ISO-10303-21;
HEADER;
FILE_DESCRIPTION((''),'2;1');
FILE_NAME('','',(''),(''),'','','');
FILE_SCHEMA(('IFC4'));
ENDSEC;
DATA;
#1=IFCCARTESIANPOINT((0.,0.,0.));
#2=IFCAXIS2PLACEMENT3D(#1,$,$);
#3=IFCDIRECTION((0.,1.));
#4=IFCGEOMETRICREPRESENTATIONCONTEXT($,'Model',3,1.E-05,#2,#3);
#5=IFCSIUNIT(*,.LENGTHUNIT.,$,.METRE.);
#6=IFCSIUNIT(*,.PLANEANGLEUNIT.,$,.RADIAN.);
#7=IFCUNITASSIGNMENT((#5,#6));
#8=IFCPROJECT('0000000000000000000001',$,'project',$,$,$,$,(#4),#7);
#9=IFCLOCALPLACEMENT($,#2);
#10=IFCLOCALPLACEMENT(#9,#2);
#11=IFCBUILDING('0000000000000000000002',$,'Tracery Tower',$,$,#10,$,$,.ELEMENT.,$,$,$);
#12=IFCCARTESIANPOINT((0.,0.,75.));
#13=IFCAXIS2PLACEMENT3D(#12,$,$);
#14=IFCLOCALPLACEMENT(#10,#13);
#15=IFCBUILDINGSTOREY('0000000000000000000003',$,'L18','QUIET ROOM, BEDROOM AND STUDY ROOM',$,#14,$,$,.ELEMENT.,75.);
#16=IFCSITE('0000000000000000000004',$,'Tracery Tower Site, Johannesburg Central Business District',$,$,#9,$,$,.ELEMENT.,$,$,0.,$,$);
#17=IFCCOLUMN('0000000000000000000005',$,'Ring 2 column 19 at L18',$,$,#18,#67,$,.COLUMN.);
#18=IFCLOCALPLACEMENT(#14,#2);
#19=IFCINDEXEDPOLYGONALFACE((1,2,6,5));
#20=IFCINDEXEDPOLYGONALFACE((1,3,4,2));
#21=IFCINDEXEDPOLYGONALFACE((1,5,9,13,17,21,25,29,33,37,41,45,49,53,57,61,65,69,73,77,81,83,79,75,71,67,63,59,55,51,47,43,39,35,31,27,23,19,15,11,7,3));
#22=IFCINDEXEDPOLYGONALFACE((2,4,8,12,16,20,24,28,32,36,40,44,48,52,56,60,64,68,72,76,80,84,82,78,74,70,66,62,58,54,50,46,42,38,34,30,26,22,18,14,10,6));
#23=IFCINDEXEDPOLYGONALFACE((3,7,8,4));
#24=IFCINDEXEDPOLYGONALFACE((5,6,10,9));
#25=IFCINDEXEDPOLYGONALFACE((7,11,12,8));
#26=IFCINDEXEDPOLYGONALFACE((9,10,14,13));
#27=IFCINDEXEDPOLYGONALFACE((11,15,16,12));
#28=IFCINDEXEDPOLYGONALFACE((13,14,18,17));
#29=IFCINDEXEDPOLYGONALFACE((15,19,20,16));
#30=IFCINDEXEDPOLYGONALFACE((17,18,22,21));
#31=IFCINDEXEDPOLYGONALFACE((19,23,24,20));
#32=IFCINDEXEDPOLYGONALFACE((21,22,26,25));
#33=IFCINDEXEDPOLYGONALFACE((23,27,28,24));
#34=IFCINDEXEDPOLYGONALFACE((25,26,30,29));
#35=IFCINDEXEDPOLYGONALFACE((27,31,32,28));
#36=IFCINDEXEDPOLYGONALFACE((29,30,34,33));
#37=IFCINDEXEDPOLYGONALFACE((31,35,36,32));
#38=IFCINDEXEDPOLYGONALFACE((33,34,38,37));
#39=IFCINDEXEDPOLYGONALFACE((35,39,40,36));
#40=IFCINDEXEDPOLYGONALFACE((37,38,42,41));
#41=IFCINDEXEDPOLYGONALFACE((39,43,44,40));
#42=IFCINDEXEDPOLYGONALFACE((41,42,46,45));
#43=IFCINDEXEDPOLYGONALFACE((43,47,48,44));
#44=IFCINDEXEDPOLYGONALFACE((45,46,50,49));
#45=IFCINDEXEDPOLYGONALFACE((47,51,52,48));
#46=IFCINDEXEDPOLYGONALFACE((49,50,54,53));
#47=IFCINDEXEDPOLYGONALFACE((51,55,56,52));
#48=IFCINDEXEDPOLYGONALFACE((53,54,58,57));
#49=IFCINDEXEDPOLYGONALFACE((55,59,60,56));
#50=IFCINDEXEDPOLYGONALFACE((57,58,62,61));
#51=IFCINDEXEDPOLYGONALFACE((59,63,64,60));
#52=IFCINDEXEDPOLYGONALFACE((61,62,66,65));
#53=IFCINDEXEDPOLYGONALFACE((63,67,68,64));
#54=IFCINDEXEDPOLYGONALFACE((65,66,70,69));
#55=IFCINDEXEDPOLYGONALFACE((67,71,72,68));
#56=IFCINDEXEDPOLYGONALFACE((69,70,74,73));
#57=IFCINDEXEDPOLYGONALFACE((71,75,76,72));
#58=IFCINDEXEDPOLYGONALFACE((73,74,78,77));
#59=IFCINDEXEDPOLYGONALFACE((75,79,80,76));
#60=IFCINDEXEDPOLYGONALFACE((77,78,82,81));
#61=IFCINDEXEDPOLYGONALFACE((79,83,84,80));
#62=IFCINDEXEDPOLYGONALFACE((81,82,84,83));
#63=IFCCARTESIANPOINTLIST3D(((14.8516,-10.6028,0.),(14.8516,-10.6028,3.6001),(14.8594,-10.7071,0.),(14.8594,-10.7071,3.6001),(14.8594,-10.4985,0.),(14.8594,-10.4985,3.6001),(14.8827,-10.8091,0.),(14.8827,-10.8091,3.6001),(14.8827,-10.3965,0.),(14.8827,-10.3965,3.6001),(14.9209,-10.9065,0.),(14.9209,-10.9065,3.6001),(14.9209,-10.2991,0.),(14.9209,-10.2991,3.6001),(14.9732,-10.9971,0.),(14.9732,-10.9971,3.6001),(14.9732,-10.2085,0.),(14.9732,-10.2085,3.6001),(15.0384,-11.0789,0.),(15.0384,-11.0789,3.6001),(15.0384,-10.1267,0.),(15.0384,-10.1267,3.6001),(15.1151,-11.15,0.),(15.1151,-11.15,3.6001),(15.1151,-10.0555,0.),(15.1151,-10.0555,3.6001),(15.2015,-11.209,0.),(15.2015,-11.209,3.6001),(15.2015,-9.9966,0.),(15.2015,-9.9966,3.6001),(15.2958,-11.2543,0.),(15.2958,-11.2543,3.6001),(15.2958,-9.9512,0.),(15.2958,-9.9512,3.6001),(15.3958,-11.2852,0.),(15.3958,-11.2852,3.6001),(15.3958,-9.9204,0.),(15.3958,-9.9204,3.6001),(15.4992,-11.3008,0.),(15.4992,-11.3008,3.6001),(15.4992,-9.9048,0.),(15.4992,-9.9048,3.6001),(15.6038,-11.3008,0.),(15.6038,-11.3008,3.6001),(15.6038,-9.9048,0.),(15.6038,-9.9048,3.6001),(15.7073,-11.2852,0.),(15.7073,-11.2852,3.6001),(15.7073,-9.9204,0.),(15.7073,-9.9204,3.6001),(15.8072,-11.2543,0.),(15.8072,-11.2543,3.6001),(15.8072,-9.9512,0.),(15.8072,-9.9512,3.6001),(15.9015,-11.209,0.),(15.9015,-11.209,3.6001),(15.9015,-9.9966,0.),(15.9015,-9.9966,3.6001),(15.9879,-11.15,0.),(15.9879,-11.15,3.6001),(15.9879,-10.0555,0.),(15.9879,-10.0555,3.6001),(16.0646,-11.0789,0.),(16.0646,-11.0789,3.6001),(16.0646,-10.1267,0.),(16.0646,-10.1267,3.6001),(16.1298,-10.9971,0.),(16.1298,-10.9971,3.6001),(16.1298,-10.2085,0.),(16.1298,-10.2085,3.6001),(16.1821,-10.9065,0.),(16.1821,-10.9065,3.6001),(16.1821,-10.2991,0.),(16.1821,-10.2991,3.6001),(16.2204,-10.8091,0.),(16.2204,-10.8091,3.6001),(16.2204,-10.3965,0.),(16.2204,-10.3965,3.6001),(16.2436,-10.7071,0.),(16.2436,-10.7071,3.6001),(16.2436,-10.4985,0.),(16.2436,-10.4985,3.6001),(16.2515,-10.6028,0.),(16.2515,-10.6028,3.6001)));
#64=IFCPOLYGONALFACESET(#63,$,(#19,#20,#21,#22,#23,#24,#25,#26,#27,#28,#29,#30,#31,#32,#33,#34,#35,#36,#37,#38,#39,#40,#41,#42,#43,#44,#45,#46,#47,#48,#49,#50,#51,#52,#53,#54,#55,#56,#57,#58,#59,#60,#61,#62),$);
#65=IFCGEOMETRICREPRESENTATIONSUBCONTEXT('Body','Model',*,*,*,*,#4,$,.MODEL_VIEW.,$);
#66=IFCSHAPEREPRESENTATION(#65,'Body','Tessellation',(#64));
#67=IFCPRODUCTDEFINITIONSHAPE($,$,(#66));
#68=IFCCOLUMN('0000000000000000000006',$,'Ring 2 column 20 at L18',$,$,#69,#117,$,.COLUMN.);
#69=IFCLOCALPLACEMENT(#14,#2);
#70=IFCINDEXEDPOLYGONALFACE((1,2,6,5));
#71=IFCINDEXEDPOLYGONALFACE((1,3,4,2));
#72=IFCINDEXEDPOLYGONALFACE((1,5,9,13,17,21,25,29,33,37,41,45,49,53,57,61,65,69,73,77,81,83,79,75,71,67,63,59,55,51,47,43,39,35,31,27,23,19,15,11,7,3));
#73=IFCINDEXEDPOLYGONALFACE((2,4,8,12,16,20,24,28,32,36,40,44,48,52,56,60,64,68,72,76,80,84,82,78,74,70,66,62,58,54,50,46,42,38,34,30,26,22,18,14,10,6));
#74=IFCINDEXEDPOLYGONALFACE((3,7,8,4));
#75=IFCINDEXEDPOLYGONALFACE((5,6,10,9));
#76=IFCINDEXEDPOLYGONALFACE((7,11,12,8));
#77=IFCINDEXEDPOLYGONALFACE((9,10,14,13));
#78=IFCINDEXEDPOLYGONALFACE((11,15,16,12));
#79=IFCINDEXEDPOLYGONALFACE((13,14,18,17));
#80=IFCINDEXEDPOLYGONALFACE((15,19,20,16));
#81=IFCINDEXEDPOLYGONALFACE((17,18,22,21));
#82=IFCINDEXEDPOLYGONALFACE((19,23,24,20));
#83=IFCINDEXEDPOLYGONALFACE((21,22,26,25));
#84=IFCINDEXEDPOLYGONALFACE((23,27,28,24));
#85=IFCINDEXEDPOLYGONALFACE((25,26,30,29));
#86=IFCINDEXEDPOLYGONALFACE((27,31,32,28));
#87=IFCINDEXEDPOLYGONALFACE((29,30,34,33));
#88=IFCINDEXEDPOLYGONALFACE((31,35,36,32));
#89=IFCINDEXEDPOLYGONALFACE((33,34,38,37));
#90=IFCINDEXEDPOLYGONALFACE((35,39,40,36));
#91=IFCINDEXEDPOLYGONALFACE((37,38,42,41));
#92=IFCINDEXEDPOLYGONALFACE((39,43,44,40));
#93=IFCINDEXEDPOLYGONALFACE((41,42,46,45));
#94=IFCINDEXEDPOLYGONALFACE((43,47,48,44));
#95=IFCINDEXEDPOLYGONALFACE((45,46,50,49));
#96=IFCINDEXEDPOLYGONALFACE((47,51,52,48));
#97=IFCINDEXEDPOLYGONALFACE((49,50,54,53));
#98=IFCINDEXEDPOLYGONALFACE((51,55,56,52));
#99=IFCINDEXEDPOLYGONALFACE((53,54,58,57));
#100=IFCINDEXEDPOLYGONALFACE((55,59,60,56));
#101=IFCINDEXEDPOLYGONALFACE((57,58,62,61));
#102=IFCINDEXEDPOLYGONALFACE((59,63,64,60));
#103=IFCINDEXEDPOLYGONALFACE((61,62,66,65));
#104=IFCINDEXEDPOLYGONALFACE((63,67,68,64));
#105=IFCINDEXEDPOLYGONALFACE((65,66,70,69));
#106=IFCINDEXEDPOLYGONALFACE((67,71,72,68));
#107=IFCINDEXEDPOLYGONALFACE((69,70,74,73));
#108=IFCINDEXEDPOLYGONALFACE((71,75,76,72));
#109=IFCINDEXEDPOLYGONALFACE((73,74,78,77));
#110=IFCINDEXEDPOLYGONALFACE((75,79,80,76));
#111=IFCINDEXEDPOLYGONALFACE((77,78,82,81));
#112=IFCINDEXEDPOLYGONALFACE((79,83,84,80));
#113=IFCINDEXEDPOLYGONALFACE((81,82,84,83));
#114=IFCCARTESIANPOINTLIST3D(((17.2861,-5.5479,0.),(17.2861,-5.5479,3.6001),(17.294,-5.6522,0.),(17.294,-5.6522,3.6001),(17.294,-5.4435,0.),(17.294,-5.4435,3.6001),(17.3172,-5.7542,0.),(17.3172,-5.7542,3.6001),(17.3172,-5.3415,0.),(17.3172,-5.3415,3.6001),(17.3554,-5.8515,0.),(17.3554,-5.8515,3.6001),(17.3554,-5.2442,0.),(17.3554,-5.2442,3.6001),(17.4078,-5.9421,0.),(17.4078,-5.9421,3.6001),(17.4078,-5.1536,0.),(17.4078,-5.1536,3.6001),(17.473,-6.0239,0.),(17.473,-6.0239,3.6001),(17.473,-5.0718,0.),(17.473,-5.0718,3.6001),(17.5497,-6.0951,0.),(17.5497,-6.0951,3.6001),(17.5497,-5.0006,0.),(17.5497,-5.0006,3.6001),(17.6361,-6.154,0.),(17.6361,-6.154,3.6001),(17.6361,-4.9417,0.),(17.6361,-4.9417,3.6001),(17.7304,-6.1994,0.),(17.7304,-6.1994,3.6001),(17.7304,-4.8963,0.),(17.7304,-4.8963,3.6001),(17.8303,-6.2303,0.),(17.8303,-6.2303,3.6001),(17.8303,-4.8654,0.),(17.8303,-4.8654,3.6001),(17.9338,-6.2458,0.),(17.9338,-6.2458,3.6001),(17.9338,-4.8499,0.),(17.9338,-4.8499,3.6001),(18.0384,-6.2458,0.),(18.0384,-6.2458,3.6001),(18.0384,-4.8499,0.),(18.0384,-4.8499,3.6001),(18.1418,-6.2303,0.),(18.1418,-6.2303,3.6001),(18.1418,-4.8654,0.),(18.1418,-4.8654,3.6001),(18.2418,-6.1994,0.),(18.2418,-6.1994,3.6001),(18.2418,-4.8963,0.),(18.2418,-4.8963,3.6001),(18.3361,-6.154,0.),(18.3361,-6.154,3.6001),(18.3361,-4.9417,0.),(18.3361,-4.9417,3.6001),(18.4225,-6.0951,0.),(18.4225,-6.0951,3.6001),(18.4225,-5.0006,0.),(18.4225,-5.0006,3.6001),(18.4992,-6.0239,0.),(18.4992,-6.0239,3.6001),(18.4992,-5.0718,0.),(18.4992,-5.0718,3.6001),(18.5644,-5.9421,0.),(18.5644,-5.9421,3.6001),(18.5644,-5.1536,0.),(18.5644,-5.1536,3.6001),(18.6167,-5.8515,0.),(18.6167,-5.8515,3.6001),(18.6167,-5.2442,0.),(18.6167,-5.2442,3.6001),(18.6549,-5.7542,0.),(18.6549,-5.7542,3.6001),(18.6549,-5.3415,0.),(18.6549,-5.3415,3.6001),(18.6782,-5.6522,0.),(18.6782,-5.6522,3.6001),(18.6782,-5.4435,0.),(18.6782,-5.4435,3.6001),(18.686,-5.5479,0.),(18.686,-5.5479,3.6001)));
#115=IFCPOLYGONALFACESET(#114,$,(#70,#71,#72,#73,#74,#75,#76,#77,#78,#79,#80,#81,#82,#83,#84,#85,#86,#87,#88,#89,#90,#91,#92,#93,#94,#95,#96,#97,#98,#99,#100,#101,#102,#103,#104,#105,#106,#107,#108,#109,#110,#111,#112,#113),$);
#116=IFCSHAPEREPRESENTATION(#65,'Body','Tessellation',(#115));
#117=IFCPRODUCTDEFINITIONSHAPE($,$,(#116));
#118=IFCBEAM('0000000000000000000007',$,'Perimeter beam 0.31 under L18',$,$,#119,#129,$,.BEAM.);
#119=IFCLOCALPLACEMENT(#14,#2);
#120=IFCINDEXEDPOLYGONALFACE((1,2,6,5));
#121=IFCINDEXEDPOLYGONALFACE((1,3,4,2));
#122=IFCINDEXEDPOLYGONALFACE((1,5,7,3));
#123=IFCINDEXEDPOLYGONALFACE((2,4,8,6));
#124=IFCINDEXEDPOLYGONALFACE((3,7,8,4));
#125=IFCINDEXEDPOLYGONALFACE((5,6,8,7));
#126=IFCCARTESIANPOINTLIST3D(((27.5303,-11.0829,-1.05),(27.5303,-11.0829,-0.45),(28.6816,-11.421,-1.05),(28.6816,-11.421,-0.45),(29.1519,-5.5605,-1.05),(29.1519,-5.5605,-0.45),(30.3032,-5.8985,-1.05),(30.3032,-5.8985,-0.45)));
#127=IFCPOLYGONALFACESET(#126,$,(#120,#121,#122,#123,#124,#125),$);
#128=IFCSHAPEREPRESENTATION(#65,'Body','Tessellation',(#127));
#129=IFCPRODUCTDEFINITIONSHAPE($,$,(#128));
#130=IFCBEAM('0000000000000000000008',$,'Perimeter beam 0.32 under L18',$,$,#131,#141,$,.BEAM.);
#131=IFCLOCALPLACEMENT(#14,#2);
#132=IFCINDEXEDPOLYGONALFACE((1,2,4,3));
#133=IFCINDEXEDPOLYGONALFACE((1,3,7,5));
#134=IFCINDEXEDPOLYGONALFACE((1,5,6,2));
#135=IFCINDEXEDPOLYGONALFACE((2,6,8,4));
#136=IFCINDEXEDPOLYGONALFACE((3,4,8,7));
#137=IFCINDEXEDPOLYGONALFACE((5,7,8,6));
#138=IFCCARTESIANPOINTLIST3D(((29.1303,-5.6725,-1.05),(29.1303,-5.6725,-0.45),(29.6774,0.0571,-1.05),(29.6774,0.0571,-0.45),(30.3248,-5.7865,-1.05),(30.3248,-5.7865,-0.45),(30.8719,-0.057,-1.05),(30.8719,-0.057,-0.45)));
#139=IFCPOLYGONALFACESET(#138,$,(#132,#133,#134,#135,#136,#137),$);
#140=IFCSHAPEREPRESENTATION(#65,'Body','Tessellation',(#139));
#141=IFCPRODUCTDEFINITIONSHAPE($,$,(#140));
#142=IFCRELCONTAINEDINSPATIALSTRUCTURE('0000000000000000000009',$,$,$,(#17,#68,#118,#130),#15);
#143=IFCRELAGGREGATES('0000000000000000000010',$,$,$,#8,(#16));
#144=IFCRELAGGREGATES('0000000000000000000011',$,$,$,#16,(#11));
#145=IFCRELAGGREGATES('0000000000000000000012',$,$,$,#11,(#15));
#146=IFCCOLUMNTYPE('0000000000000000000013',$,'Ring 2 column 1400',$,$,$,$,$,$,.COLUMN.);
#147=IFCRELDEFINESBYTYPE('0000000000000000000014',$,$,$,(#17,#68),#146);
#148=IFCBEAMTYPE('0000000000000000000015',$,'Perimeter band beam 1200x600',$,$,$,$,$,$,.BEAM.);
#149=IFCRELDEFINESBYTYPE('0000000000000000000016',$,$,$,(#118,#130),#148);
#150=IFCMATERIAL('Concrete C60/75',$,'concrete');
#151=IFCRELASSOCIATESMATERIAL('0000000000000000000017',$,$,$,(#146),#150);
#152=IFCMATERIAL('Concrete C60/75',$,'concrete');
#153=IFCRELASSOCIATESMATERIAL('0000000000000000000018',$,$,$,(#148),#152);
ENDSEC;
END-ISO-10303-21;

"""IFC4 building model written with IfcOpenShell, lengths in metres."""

from ifc_helpers import new_model, si_unit, direction, frame, origin, origin_2d, place, context, subcontext, project, spatial, rectangle, circle, extrude, material, material_profile, profile_set, type_object, element, save


model = new_model("IFC4")

# Units and contexts
model_context = context("Model", 3, precision=1e-05, world=origin(), true_north=direction((0.0, 1.0)))
body_context = subcontext(model_context, "Body", "Model", "MODEL_VIEW")
ifc_project = project(units=[si_unit("LENGTHUNIT", "METRE"), si_unit("PLANEANGLEUNIT", "RADIAN")], contexts=[model_context])

# Site, building, storey
site_placement = place(None, origin())
site = spatial("IfcSite", under=ifc_project, at=site_placement, Name="Tracery Tower Site, Johannesburg Central Business District", CompositionType="ELEMENT", RefElevation=0.0)
building_placement = place(site_placement, origin())
building = spatial("IfcBuilding", under=site, at=building_placement, Name="Tracery Tower", CompositionType="ELEMENT")
storey_placement = place(building_placement, frame((0.0, 0.0, 75.0)))
storey = spatial("IfcBuildingStorey", under=building, at=storey_placement, Name="L18", Description="QUIET ROOM, BEDROOM AND STUDY ROOM", CompositionType="ELEMENT", Elevation=75.0)

# Columns
ifc_material_1 = material(Name="Concrete C60/75", Category="concrete")
ifc_material_profile_1 = material_profile(ifc_material_1, circle(Radius=0.7, at=origin_2d()), Name="RC D1400")
ifc_profile_set_1 = profile_set([ifc_material_profile_1], Name="Concrete C60/75")
column_type_1 = type_object("IfcColumnType", Name="Ring 2 column 1400", PredefinedType="COLUMN", material=ifc_profile_set_1)
for number, where, z_axis, x_axis, name in (
    (1, (15.5515, -10.6028, 0.0), (0.0, 0.0, 1.0), (1.0, 0.0, 0.0), "Ring 2 column 19 at L18"),
    (2, (17.9861, -5.5479, 0.0), (0.0, 0.0, 1.0), (1.0, 0.0, 0.0), "Ring 2 column 20 at L18"),
):
    element("IfcColumn", number, at=place(storey_placement, frame(where, z_axis=z_axis, x_axis=x_axis)), inside=storey, type_object=column_type_1, Name=name, PredefinedType="COLUMN", context=body_context, shape_type="SweptSolid", body=[
        extrude(circle(Radius=0.7, at=origin_2d()), origin(), (0.0, 0.0, 1.0), 3.6001),
    ])

# Beams
ifc_material_2 = material(Name="Concrete C60/75", Category="concrete")
ifc_material_profile_2 = material_profile(ifc_material_2, rectangle(XDim=1.2, YDim=0.6001, at=origin_2d()), Name="RC 1200x600")
ifc_profile_set_2 = profile_set([ifc_material_profile_2], Name="Concrete C60/75")
beam_type = type_object("IfcBeamType", Name="Perimeter band beam 1200x600", PredefinedType="BEAM", material=ifc_profile_set_2)
for number, where, z_axis, x_axis, name in (
    (3, (28.106, -11.252, -0.75), (0.281739, 0.959491, 0.0), (-0.959491, 0.281739, 0.0), "Perimeter beam 0.31 under L18"),
    (4, (29.7275, -5.7295, -0.75), (0.095059, 0.995472, 0.0), (-0.995472, 0.095059, 0.0), "Perimeter beam 0.32 under L18"),
):
    element("IfcBeam", number, at=place(storey_placement, frame(where, z_axis=z_axis, x_axis=x_axis)), inside=storey, type_object=beam_type, Name=name, PredefinedType="BEAM", context=body_context, shape_type="SweptSolid", body=[
        extrude(rectangle(XDim=1.2, YDim=0.6001, at=origin_2d()), origin(), (0.0, 0.0, 1.0), 5.7556),
    ])

save(model, "model.ifc")
